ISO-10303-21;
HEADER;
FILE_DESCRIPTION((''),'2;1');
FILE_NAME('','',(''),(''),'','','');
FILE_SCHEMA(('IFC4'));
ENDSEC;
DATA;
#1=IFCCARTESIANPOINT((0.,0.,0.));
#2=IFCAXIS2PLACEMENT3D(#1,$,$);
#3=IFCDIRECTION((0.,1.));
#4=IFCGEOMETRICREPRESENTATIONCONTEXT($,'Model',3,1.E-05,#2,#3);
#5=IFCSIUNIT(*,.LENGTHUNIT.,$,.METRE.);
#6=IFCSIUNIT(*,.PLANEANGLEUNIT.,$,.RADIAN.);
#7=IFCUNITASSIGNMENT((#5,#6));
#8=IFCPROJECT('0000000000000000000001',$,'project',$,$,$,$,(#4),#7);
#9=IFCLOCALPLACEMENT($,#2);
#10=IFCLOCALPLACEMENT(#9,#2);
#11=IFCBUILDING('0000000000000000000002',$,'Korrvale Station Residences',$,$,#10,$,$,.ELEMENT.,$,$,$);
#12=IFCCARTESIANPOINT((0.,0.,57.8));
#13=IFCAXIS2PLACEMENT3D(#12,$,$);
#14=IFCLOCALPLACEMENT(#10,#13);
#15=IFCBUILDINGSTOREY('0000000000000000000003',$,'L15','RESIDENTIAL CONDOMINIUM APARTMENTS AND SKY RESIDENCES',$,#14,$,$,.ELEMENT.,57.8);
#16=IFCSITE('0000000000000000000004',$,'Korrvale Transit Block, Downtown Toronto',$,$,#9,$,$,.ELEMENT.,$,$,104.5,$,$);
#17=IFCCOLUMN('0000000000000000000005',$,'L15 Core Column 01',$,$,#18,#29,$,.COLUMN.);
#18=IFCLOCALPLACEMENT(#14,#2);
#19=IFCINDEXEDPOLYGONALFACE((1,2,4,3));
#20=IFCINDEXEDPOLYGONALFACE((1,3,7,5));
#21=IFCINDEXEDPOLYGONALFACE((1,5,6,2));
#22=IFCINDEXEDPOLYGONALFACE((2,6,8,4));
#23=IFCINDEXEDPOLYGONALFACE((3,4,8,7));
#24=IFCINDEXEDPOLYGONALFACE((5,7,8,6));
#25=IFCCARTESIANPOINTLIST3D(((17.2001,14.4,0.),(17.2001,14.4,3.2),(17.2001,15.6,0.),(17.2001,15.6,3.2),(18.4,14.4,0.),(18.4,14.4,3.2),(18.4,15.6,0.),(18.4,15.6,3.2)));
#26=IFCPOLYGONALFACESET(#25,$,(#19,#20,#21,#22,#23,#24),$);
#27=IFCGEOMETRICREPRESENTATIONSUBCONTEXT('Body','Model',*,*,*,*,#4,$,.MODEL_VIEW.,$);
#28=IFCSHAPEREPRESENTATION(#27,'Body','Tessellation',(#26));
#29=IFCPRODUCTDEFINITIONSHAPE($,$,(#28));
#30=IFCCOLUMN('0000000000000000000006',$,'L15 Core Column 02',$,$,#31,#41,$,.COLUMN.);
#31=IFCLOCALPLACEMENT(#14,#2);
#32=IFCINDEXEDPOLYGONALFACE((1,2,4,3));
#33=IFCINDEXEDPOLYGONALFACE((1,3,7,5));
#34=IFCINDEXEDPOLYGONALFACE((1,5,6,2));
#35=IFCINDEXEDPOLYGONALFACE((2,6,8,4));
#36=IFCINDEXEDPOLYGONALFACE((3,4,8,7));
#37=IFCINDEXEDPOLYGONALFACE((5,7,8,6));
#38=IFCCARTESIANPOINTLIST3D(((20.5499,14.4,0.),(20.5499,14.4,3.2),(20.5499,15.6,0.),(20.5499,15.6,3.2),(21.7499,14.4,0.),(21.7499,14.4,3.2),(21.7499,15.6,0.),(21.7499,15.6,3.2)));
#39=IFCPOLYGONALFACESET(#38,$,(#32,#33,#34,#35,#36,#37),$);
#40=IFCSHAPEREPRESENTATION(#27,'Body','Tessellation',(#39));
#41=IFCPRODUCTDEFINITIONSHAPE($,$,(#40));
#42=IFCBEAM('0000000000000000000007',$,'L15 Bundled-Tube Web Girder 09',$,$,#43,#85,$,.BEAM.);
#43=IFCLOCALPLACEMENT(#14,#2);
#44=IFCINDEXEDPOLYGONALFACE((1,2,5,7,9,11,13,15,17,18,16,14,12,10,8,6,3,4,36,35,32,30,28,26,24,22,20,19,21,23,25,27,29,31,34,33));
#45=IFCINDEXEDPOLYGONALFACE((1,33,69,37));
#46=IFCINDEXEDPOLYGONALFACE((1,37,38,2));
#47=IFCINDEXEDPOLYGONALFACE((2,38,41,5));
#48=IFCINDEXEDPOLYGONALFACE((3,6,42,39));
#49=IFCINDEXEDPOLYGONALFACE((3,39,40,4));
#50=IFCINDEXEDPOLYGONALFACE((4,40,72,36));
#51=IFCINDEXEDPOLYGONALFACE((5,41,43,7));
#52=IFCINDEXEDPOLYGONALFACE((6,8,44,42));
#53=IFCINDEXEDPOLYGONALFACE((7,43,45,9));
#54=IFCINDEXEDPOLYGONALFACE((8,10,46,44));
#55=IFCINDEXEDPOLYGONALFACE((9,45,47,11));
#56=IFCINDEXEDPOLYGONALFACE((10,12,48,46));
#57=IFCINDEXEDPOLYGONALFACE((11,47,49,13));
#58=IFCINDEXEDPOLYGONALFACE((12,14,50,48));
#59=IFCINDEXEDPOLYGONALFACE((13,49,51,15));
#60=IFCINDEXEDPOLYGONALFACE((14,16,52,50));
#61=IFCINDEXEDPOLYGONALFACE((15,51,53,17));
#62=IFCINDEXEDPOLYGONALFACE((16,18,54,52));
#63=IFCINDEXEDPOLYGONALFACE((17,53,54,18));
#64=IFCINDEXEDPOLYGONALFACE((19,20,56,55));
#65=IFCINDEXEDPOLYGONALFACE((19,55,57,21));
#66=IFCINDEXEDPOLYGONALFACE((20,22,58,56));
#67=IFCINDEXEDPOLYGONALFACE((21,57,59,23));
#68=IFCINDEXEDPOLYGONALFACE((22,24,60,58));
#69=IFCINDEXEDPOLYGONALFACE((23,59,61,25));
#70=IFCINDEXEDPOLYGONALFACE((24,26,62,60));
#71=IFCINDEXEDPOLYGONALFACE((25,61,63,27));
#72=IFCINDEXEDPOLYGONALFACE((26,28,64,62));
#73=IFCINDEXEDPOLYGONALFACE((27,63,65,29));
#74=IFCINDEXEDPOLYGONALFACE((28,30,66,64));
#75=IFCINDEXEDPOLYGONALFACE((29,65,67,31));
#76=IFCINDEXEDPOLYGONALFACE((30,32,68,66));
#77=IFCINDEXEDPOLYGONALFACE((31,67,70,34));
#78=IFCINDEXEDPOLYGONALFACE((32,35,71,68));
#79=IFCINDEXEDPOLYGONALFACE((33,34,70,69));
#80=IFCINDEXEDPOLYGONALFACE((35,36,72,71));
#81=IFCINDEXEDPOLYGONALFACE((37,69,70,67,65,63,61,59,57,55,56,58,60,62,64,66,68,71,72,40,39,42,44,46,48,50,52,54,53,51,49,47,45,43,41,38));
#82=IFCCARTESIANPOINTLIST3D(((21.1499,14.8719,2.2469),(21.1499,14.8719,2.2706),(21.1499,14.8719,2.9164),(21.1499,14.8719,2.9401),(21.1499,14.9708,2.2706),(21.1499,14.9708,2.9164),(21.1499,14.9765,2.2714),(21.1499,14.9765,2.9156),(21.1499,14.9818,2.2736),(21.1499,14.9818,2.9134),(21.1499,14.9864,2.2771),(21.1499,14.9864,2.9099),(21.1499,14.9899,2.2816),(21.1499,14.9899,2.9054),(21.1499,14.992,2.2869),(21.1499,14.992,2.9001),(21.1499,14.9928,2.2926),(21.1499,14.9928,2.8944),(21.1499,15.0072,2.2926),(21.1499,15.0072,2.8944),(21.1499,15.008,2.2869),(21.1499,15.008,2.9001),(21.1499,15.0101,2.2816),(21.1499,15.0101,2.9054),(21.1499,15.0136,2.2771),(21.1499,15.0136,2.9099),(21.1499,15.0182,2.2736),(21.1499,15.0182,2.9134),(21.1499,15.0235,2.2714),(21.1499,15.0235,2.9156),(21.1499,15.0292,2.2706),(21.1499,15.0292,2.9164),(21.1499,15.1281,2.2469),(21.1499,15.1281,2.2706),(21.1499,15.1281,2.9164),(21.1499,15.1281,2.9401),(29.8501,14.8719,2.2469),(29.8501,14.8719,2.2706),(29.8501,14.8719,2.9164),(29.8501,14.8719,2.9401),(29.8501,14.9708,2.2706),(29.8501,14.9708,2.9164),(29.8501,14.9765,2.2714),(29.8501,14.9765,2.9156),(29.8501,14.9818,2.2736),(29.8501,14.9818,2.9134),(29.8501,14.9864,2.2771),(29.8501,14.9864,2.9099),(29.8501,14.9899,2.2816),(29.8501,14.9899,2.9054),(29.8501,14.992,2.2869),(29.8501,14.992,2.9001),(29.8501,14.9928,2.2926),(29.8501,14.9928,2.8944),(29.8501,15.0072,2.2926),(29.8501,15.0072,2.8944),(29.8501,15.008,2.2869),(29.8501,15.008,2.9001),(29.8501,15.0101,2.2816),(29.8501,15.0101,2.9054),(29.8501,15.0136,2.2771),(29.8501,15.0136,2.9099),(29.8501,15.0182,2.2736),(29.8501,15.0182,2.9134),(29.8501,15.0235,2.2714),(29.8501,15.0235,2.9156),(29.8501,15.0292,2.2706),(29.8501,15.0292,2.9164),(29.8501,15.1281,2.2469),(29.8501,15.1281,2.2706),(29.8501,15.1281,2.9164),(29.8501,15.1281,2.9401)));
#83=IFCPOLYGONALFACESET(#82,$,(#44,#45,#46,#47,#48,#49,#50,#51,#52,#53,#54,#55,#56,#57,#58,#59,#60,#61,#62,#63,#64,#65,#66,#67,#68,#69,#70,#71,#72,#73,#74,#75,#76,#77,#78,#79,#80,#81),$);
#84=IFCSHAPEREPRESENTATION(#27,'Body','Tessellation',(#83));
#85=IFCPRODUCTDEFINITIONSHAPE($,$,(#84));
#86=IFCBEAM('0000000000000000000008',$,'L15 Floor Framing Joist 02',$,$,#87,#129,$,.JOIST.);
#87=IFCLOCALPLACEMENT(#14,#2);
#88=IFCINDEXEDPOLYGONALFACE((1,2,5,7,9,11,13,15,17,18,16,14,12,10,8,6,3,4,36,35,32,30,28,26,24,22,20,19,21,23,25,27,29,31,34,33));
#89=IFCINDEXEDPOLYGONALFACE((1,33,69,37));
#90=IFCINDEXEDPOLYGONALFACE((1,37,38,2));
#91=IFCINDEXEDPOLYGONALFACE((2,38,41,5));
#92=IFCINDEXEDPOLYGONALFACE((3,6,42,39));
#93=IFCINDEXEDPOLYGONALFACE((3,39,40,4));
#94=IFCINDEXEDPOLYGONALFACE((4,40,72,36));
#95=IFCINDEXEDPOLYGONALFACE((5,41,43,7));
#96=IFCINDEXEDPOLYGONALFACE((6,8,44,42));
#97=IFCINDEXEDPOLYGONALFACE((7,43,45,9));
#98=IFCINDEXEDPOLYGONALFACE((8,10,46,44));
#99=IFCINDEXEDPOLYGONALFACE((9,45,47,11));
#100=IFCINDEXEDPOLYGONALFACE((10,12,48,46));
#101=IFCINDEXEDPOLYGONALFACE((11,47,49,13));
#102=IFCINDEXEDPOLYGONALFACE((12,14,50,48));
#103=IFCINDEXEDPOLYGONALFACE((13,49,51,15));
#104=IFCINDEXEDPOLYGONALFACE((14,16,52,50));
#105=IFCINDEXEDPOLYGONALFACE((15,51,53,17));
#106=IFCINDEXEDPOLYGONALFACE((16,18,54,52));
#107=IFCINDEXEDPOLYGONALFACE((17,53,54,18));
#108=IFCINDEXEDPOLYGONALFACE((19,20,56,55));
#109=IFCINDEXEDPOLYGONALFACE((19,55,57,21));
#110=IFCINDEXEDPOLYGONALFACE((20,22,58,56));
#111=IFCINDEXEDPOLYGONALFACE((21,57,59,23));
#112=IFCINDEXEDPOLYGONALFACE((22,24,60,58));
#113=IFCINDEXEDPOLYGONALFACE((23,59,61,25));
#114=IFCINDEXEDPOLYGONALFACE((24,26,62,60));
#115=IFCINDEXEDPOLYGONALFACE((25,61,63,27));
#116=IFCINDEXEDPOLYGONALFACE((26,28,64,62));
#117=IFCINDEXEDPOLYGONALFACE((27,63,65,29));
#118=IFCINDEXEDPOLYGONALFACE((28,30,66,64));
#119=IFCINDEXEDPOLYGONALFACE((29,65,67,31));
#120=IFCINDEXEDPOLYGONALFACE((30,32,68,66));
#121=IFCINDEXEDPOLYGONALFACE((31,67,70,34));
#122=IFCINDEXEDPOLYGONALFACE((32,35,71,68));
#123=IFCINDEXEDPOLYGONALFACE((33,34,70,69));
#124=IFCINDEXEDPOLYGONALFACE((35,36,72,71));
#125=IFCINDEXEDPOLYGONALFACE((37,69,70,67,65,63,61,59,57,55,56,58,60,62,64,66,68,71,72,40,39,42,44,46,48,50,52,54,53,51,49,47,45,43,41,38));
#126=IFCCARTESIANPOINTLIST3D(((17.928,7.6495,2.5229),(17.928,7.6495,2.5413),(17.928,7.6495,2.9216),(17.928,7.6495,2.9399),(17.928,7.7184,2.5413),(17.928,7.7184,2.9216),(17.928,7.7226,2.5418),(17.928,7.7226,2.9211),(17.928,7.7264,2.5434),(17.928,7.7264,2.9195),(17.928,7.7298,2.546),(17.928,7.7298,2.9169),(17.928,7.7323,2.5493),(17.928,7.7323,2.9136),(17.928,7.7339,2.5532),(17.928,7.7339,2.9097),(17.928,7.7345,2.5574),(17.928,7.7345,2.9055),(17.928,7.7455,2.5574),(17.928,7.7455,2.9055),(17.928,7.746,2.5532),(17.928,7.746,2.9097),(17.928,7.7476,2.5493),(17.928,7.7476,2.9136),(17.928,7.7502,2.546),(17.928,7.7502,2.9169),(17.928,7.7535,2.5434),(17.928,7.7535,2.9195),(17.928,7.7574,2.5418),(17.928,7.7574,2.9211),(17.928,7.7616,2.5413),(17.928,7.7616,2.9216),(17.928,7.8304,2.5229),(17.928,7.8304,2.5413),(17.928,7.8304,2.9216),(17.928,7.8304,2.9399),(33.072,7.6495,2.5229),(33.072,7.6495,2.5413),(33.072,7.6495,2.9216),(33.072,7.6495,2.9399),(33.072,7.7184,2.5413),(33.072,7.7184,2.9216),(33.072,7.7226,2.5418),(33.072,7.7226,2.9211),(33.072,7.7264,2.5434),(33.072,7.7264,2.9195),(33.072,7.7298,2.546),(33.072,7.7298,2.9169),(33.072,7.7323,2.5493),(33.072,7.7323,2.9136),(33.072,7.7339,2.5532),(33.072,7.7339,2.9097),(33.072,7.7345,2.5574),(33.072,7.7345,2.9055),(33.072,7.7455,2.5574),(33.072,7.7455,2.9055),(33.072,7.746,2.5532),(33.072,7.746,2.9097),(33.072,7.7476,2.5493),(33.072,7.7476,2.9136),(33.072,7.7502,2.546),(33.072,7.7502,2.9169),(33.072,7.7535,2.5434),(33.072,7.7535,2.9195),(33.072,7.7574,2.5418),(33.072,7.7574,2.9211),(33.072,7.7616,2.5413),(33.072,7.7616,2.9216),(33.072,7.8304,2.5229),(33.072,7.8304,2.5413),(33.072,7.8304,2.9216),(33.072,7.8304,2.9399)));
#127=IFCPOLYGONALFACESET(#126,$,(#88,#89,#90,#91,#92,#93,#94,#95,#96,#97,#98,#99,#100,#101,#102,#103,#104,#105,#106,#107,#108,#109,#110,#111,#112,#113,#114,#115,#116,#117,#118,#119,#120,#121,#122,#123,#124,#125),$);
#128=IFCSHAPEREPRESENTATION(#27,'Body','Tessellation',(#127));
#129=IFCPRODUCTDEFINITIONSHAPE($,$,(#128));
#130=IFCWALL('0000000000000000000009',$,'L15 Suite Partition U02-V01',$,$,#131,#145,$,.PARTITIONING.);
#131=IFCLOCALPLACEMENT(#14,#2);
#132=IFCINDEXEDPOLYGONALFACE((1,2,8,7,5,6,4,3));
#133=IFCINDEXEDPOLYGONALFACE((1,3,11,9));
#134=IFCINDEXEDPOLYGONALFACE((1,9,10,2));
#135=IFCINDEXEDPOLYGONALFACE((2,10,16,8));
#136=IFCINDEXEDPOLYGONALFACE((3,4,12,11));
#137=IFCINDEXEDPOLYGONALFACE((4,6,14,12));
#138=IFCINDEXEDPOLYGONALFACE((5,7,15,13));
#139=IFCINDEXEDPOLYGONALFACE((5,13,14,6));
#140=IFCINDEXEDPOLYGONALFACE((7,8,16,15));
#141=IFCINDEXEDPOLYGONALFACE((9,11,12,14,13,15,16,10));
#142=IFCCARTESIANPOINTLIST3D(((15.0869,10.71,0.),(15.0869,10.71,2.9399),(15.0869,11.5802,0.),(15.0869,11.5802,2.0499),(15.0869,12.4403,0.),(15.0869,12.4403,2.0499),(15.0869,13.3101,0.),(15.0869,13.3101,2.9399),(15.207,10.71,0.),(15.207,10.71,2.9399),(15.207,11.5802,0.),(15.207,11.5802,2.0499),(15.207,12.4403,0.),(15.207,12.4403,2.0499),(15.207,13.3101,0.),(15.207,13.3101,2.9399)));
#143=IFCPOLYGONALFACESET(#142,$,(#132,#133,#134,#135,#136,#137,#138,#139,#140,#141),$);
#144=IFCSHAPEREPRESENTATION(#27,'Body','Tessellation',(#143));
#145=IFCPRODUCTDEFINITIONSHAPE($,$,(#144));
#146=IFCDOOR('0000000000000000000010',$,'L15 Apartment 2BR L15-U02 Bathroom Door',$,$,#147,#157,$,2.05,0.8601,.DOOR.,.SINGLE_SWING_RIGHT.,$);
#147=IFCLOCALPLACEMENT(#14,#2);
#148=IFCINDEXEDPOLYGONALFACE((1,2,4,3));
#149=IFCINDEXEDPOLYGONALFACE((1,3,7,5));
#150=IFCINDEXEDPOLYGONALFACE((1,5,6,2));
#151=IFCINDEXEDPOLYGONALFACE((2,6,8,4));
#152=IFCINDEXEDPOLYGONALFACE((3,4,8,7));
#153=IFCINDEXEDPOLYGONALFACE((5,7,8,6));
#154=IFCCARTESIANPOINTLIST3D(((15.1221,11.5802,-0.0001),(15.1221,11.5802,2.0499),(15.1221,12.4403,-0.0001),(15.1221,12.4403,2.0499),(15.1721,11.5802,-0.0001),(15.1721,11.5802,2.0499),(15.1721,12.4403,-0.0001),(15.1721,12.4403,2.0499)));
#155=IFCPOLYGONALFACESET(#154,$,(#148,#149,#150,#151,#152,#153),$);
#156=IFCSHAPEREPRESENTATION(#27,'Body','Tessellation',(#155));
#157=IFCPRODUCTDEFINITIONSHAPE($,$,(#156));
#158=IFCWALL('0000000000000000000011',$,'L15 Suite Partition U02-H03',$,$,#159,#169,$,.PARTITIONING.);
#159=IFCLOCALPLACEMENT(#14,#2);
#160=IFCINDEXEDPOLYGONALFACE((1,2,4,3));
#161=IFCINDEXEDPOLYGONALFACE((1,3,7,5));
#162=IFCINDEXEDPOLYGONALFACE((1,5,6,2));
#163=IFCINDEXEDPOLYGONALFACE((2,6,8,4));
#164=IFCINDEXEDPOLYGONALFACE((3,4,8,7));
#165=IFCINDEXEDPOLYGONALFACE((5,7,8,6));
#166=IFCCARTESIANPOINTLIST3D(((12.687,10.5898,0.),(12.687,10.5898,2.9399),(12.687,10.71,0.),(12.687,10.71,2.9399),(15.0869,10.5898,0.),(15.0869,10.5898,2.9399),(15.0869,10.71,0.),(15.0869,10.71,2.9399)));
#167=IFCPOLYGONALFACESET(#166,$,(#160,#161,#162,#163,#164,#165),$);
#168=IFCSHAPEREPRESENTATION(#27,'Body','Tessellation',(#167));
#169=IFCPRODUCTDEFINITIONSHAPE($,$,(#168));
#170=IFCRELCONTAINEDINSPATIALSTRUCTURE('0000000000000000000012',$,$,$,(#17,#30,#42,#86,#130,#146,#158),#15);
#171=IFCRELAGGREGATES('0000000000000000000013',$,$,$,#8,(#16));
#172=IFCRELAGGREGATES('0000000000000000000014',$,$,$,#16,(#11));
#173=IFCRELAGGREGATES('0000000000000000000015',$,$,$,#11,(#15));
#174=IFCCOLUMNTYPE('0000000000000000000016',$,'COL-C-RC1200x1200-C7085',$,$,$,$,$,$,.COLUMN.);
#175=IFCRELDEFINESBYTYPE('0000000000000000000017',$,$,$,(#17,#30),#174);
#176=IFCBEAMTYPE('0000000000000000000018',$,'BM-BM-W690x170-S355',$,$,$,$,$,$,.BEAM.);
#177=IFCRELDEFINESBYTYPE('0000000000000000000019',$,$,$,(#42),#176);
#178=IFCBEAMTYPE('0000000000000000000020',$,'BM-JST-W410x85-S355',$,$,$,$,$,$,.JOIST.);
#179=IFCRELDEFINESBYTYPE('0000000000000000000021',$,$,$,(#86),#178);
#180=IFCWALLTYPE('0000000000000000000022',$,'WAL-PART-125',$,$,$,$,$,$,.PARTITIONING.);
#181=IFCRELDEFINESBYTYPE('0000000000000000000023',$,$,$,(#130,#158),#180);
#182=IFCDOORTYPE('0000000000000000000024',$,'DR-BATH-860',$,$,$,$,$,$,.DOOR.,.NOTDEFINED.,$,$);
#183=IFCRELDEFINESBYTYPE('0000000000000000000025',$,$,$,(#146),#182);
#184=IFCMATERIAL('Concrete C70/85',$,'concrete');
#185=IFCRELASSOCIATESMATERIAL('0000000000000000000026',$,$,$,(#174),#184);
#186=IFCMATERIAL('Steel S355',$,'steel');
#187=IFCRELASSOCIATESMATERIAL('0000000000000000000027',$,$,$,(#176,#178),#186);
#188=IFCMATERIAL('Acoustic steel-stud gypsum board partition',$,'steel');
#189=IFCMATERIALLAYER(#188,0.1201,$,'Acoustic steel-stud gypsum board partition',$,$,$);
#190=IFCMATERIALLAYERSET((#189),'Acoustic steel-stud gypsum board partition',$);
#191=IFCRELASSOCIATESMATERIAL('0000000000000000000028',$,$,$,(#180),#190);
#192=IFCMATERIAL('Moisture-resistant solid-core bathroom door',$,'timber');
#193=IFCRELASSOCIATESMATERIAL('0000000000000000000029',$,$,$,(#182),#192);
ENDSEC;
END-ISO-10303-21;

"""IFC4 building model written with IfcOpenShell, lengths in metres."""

from ifc_helpers import new_model, si_unit, direction, frame, frame_2d, origin, origin_2d, place, context, subcontext, project, spatial, rectangle, i_section, extrude, material, layer, layer_set, material_profile, profile_set, type_object, element, fill, save


model = new_model("IFC4")

# Units and contexts
model_context = context("Model", 3, precision=1e-05, world=origin(), true_north=direction((0.0, 1.0)))
body_context = subcontext(model_context, "Body", "Model", "MODEL_VIEW")
ifc_project = project(units=[si_unit("LENGTHUNIT", "METRE"), si_unit("PLANEANGLEUNIT", "RADIAN")], contexts=[model_context])

# Site, building, storey
site_placement = place(None, origin())
site = spatial("IfcSite", under=ifc_project, at=site_placement, Name="Korrvale Transit Block, Downtown Toronto", CompositionType="ELEMENT", RefElevation=104.5)
building_placement = place(site_placement, origin())
building = spatial("IfcBuilding", under=site, at=building_placement, Name="Korrvale Station Residences", CompositionType="ELEMENT")
storey_placement = place(building_placement, frame((0.0, 0.0, 57.8)))
storey = spatial("IfcBuildingStorey", under=building, at=storey_placement, Name="L15", Description="RESIDENTIAL CONDOMINIUM APARTMENTS AND SKY RESIDENCES", CompositionType="ELEMENT", Elevation=57.8)

# Columns
ifc_material_1 = material(Name="Concrete C70/85", Category="concrete")
ifc_material_profile_1 = material_profile(ifc_material_1, rectangle(XDim=1.2, YDim=1.2, at=origin_2d()), Name="RC1200x1200")
ifc_profile_set_1 = profile_set([ifc_material_profile_1], Name="Concrete C70/85")
column_type = type_object("IfcColumnType", Name="COL-C-RC1200x1200-C7085", PredefinedType="COLUMN", material=ifc_profile_set_1)
for number, where, z_axis, x_axis, name in (
    (1, (17.8, 15.0, 0.0), (0.0, 0.0, 1.0), (1.0, 0.0, 0.0), "L15 Core Column 01"),
    (2, (21.1499, 15.0, 0.0), (0.0, 0.0, 1.0), (1.0, 0.0, 0.0), "L15 Core Column 02"),
):
    element("IfcColumn", number, at=place(storey_placement, frame(where, z_axis=z_axis, x_axis=x_axis)), inside=storey, type_object=column_type, Name=name, PredefinedType="COLUMN", context=body_context, shape_type="SweptSolid", body=[
        extrude(rectangle(XDim=1.2, YDim=1.2, at=origin_2d()), origin(), (0.0, 0.0, 1.0), 3.2),
    ])

# Beams
ifc_material_2 = material(Name="Steel S355", Category="steel")
ifc_material_profile_2 = material_profile(ifc_material_2, i_section(OverallWidth=0.2561, OverallDepth=0.6931, WebThickness=0.0144, FlangeThickness=0.0237, FilletRadius=0.022, at=origin_2d()), Name="W690x170")
ifc_profile_set_2 = profile_set([ifc_material_profile_2], Name="Steel S355")
beam_type_1 = type_object("IfcBeamType", Name="BM-BM-W690x170-S355", PredefinedType="BEAM", material=ifc_profile_set_2)
beam_1_placement = place(storey_placement, frame((21.1499, 15.0, 2.5935), z_axis=(1.0, 0.0, 0.0), x_axis=(0.0, 1.0, 0.0)))
element("IfcBeam", 3, at=beam_1_placement, inside=storey, type_object=beam_type_1, Name="L15 Bundled-Tube Web Girder 09", PredefinedType="BEAM", context=body_context, shape_type="SweptSolid", body=[
    extrude(i_section(OverallWidth=0.2561, OverallDepth=0.6931, WebThickness=0.0144, FlangeThickness=0.0237, FilletRadius=0.022, at=origin_2d()), origin(), (0.0, 0.0, 1.0), 8.7002),
])
ifc_material_profile_3 = material_profile(ifc_material_2, i_section(OverallWidth=0.1809, OverallDepth=0.417, WebThickness=0.011, FlangeThickness=0.0183, FilletRadius=0.0161, at=origin_2d()), Name="W410x85")
ifc_profile_set_3 = profile_set([ifc_material_profile_3], Name="Steel S355")
beam_type_2 = type_object("IfcBeamType", Name="BM-JST-W410x85-S355", PredefinedType="JOIST", material=ifc_profile_set_3)
beam_2_placement = place(storey_placement, frame((17.928, 7.74, 2.7314), z_axis=(1.0, 0.0, 0.0), x_axis=(0.0, 1.0, 0.0)))
element("IfcBeam", 4, at=beam_2_placement, inside=storey, type_object=beam_type_2, Name="L15 Floor Framing Joist 02", PredefinedType="JOIST", context=body_context, shape_type="SweptSolid", body=[
    extrude(i_section(OverallWidth=0.1809, OverallDepth=0.417, WebThickness=0.011, FlangeThickness=0.0183, FilletRadius=0.0161, at=origin_2d()), origin(), (0.0, 0.0, 1.0), 15.144),
])

# Wall, opening, door
ifc_material_3 = material(Name="Acoustic steel-stud gypsum board partition", Category="steel")
ifc_layer = layer(ifc_material_3, 0.1201, Name="Acoustic steel-stud gypsum board partition")
ifc_layer_set = layer_set([ifc_layer], Name="Acoustic steel-stud gypsum board partition")
wall_type = type_object("IfcWallType", Name="WAL-PART-125", PredefinedType="PARTITIONING", material=ifc_layer_set)
wall_1_placement = place(storey_placement, frame((15.147, 10.71, 0.0), z_axis=(0.0, 0.0, 1.0), x_axis=(0.0, 1.0, 0.0)))
wall_1 = element("IfcWall", 5, at=wall_1_placement, inside=storey, type_object=wall_type, Name="L15 Suite Partition U02-V01", PredefinedType="PARTITIONING", context=body_context, shape_type="SweptSolid", body=[
    extrude(rectangle(XDim=2.6001, YDim=0.1201, at=frame_2d((1.3, 0.0))), origin(), (0.0, 0.0, 1.0), 2.9399),
])
opening_1_placement = place(wall_1_placement, frame((0.8701, 0.0, 0.0)))
opening_1 = element("IfcOpeningElement", 6, at=opening_1_placement, cuts=wall_1, PredefinedType="OPENING", context=body_context, shape_type="SweptSolid", body=[
    extrude(rectangle(XDim=0.8601, YDim=2.05, at=frame_2d((0.4302, 1.0249))), frame((0.0, 0.0701, 0.0), z_axis=(0.0, -1.0, 0.0), x_axis=(1.0, 0.0, 0.0)), (0.0, 0.0, 1.0), 0.1401),
])
ifc_material_4 = material(Name="Moisture-resistant solid-core bathroom door", Category="timber")
door_type_1 = type_object("IfcDoorType", Name="DR-BATH-860", OperationType="NOTDEFINED", PredefinedType="DOOR", material=ifc_material_4)
door_1_placement = place(opening_1_placement, origin())
door_1 = element("IfcDoor", 7, at=door_1_placement, inside=storey, type_object=door_type_1, Name="L15 Apartment 2BR L15-U02 Bathroom Door", OperationType="SINGLE_SWING_RIGHT", OverallHeight=2.05, OverallWidth=0.8601, PredefinedType="DOOR", context=body_context, shape_type="SweptSolid", body=[
    extrude(rectangle(XDim=0.8601, YDim=2.05, at=frame_2d((0.4302, 1.0249))), frame((0.0, 0.0249, 0.0), z_axis=(0.0, -1.0, 0.0), x_axis=(1.0, 0.0, 0.0)), (0.0, 0.0, 1.0), 0.05),
])
fill(opening_1, door_1)

# Wall
wall_2_placement = place(storey_placement, frame((12.687, 10.6499, 0.0), z_axis=(0.0, 0.0, 1.0), x_axis=(1.0, 0.0, 0.0)))
element("IfcWall", 8, at=wall_2_placement, inside=storey, type_object=wall_type, Name="L15 Suite Partition U02-H03", PredefinedType="PARTITIONING", context=body_context, shape_type="SweptSolid", body=[
    extrude(rectangle(XDim=2.3999, YDim=0.1201, at=frame_2d((1.2, 0.0))), origin(), (0.0, 0.0, 1.0), 2.9399),
])

save(model, "model.ifc")
